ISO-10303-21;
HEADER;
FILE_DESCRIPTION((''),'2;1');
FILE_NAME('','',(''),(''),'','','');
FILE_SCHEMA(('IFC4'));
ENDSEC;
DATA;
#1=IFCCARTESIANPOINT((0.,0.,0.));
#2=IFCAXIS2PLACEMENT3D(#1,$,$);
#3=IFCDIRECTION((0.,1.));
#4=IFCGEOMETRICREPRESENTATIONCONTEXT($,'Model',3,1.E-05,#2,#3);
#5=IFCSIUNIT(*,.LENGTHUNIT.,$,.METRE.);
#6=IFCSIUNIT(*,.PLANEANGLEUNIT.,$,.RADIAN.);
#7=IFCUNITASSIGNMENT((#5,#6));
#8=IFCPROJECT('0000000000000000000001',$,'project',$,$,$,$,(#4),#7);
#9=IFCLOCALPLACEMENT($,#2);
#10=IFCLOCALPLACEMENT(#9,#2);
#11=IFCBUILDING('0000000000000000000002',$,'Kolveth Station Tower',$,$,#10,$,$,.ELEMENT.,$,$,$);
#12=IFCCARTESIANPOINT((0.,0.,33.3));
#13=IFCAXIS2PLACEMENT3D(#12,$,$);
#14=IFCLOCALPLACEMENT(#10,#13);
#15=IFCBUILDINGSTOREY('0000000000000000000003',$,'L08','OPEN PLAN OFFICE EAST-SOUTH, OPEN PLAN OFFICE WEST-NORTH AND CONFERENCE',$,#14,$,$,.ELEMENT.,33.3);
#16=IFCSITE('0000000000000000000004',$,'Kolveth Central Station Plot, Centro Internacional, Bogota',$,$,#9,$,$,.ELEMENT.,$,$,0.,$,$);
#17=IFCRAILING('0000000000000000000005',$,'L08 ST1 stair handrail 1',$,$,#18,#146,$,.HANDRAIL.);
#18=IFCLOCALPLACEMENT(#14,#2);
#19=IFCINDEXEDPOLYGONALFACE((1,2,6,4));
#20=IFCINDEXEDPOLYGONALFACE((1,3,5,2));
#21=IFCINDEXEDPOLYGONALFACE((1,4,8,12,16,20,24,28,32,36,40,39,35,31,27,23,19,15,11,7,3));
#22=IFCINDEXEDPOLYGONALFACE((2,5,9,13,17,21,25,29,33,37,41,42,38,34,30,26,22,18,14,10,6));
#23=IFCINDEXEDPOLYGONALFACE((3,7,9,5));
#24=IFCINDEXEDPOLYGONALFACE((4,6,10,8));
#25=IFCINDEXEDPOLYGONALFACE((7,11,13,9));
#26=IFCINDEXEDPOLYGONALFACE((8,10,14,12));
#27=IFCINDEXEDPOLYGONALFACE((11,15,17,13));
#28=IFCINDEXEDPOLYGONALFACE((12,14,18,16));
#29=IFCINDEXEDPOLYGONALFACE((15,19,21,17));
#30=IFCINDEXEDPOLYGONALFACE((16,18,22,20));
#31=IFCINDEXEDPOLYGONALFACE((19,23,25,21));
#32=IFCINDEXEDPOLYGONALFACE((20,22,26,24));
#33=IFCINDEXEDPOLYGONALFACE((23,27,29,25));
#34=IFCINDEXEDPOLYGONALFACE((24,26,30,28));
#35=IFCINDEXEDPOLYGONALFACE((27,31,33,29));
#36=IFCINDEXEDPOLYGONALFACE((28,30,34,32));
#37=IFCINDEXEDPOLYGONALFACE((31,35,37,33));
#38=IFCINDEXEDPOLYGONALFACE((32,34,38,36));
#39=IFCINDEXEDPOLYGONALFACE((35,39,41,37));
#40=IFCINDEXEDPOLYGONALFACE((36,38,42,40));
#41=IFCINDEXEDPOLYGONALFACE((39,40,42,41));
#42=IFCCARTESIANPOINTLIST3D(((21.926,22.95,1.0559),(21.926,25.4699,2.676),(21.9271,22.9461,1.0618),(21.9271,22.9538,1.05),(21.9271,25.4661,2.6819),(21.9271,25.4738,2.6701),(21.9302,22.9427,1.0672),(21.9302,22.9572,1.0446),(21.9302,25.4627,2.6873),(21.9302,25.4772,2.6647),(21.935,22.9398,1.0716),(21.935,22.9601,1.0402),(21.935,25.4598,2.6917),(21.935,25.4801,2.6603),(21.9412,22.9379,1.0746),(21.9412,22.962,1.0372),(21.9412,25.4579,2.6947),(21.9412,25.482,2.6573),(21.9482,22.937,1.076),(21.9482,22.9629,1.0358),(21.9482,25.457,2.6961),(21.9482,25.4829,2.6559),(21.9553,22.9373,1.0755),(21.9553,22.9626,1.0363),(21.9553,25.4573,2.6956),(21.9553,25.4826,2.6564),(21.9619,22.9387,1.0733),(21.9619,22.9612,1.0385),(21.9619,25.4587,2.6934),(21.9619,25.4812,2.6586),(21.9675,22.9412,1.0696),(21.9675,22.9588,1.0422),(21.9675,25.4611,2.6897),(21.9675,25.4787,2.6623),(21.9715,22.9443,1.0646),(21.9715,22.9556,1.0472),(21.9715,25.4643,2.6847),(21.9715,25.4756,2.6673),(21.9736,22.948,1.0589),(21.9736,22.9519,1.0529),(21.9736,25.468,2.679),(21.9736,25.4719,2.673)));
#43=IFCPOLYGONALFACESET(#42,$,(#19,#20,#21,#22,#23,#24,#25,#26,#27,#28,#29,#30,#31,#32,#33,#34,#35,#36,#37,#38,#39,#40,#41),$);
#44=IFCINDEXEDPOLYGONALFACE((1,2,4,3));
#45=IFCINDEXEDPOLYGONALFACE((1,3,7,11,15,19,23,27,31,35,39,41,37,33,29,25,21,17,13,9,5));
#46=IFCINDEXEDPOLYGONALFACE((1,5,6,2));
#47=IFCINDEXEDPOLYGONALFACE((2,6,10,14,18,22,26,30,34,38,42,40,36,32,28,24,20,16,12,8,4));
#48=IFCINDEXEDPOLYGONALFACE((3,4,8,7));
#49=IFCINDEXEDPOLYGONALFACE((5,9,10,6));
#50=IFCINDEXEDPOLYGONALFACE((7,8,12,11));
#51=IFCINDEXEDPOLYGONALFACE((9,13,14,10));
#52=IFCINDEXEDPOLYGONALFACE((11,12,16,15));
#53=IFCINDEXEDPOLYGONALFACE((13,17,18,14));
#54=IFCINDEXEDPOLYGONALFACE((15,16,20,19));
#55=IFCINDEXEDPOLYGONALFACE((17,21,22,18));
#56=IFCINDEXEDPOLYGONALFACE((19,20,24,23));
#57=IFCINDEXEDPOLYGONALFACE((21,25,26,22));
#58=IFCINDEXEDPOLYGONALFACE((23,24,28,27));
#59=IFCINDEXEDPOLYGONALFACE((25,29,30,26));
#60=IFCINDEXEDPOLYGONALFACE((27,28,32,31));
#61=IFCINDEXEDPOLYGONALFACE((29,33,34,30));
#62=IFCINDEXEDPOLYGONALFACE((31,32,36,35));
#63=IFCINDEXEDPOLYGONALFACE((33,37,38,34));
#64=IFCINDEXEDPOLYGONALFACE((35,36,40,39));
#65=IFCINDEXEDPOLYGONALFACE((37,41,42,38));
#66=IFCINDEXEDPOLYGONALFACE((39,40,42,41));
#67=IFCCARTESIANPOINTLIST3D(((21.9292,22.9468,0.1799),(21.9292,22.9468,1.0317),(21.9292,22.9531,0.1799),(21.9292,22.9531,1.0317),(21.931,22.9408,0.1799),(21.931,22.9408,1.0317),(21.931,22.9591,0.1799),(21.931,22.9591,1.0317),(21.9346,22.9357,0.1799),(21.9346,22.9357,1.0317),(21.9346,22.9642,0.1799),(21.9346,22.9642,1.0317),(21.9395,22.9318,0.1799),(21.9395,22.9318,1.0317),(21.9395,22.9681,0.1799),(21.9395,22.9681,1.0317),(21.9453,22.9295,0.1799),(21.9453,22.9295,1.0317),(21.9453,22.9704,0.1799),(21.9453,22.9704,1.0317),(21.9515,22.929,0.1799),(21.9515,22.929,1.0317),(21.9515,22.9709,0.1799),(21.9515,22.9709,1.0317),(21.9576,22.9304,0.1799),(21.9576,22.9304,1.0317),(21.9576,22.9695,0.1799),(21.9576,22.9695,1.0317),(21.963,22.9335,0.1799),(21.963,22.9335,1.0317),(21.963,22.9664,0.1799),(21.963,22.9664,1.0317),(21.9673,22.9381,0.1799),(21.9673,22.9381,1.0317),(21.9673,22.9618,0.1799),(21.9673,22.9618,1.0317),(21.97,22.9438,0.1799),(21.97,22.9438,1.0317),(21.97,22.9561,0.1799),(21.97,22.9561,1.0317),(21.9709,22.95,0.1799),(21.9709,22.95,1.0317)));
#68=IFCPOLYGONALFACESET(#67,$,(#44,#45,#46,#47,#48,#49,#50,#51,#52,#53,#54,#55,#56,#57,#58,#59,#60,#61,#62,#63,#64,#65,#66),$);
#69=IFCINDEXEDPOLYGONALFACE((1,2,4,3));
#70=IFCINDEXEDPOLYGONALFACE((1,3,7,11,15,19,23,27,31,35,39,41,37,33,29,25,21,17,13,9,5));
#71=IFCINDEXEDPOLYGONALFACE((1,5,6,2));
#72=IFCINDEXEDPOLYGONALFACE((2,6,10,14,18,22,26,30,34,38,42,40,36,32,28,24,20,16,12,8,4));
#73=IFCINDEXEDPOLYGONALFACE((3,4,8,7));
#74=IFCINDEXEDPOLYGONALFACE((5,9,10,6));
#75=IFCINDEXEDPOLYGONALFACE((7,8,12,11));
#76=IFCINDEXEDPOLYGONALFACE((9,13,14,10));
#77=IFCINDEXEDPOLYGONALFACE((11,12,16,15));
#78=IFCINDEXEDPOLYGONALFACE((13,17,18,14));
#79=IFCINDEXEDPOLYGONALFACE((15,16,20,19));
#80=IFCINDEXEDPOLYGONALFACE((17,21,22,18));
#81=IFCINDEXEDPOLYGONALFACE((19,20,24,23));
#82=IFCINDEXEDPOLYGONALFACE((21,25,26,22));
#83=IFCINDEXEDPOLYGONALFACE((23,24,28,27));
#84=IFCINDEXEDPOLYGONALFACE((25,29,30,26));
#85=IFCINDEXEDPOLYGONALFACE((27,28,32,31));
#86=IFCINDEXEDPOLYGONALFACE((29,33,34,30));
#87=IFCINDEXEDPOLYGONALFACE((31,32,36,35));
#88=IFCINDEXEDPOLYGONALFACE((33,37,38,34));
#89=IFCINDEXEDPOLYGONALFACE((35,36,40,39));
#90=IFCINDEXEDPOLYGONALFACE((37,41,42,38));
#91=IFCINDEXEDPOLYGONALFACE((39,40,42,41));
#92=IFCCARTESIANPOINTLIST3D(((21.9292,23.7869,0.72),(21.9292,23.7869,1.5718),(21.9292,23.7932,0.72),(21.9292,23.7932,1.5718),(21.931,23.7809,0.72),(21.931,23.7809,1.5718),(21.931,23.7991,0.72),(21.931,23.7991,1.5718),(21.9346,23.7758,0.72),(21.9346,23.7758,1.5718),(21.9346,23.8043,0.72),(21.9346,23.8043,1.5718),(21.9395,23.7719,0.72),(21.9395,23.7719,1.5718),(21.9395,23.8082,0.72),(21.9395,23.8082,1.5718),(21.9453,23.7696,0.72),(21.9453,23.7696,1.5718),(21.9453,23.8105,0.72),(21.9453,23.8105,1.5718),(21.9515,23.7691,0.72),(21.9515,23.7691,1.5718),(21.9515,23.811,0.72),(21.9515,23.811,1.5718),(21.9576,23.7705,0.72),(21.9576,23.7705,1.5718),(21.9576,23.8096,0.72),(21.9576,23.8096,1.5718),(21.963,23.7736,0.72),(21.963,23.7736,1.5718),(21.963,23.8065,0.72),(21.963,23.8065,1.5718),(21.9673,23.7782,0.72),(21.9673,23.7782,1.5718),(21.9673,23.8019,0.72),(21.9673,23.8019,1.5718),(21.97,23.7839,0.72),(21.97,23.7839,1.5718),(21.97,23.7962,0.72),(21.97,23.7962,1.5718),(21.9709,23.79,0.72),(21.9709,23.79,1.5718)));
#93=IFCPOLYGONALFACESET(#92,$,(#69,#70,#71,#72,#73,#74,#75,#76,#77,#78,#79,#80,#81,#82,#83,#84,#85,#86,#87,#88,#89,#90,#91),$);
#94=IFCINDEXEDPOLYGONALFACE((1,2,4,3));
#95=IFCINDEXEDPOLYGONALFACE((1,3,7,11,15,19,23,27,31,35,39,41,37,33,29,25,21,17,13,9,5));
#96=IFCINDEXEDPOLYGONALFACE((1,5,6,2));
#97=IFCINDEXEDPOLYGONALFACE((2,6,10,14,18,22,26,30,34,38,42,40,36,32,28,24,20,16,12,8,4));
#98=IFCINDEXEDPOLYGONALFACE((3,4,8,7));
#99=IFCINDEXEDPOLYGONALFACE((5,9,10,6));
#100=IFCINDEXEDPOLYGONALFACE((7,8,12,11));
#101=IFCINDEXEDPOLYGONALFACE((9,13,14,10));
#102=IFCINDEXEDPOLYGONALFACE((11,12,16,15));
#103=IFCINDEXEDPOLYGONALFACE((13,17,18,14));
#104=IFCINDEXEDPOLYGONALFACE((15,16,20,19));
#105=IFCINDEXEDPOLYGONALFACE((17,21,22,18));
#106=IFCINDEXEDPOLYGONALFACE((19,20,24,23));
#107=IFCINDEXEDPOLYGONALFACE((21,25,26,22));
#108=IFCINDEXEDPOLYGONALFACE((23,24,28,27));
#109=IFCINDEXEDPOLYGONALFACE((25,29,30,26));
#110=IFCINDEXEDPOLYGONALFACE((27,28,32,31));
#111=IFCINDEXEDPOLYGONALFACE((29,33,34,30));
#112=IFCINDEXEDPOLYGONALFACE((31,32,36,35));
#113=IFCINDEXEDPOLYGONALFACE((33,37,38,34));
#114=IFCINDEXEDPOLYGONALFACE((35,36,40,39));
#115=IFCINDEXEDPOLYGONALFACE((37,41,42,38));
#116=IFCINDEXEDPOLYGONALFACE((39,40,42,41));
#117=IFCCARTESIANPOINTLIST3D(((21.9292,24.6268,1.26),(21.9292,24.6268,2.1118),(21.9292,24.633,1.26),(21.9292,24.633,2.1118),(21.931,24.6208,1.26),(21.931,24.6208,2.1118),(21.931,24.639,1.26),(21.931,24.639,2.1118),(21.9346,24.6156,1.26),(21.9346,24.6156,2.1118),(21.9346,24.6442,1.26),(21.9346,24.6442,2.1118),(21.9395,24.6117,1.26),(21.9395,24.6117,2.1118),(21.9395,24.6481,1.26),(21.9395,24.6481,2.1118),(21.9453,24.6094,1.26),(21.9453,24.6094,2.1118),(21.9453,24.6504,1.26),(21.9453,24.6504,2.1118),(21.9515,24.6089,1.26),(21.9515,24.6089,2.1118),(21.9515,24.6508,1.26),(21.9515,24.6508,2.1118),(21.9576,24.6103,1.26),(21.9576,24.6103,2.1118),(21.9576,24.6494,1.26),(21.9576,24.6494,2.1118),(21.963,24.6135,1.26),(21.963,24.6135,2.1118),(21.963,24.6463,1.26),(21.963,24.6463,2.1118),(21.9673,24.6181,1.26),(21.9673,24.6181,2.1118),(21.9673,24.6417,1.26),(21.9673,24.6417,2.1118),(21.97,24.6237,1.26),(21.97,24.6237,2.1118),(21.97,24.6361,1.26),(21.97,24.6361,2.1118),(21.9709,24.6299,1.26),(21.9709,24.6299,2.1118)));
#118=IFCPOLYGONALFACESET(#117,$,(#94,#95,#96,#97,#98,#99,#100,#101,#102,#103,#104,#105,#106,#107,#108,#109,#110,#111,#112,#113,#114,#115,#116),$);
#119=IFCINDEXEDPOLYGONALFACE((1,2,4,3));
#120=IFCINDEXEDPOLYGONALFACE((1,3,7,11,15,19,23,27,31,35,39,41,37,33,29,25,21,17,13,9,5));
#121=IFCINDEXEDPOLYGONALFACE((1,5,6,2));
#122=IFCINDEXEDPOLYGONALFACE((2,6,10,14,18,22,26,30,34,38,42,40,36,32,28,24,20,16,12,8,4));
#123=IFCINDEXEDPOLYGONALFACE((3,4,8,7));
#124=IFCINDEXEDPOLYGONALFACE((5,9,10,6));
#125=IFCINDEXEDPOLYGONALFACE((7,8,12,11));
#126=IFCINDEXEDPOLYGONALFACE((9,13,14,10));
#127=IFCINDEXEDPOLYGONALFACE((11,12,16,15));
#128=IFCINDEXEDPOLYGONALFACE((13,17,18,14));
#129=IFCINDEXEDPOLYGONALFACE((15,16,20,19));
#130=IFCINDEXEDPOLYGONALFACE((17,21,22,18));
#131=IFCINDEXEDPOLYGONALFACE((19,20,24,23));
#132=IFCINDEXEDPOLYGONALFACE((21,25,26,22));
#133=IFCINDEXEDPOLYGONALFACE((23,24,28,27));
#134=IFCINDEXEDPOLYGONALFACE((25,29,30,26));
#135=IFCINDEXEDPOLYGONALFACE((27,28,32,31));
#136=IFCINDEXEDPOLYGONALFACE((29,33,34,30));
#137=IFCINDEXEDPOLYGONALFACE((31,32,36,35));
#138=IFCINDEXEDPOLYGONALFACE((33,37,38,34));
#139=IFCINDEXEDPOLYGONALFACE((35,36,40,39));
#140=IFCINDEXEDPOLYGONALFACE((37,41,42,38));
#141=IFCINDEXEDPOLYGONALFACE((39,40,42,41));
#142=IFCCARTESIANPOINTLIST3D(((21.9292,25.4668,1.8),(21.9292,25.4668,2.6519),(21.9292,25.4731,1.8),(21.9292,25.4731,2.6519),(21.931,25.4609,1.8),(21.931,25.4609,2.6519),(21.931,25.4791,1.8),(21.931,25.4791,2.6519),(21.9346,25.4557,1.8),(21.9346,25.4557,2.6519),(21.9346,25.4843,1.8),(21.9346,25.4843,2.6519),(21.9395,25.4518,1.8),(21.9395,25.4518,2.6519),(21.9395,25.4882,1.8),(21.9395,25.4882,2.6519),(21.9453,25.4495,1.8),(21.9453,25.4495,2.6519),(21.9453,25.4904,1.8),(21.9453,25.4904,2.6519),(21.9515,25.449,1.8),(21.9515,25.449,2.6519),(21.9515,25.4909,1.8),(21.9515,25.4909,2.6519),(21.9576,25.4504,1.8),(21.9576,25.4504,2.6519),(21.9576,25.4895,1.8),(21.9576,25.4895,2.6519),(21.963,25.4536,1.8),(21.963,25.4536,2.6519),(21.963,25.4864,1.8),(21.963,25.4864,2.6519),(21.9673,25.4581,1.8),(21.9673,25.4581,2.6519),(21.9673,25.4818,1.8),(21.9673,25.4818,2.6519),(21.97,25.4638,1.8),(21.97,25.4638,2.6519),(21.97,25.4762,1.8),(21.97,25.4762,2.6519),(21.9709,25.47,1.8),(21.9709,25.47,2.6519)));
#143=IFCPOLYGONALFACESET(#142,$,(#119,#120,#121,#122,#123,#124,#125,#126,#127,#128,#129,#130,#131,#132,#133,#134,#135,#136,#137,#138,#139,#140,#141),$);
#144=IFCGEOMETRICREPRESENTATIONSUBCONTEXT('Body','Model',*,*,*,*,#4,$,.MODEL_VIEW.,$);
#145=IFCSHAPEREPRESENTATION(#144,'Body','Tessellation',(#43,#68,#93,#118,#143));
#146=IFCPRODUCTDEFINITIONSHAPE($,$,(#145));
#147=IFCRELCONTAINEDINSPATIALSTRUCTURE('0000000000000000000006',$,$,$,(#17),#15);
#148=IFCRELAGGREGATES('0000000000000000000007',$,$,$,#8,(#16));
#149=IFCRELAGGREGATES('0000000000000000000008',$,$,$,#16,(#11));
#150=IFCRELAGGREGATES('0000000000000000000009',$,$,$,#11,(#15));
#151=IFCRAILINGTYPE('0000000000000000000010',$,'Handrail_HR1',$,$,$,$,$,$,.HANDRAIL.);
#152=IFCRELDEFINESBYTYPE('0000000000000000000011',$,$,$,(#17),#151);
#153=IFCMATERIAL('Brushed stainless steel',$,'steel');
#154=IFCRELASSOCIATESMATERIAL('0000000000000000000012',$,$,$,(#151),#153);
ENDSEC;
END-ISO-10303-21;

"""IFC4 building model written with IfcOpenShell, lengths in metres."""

from ifc_helpers import new_model, si_unit, direction, frame, origin, origin_2d, place, context, subcontext, project, spatial, circle, extrude, material, type_object, element, save


model = new_model("IFC4")

# Units and contexts
model_context = context("Model", 3, precision=1e-05, world=origin(), true_north=direction((0.0, 1.0)))
body_context = subcontext(model_context, "Body", "Model", "MODEL_VIEW")
ifc_project = project(units=[si_unit("LENGTHUNIT", "METRE"), si_unit("PLANEANGLEUNIT", "RADIAN")], contexts=[model_context])

# Site, building, storey
site_placement = place(None, origin())
site = spatial("IfcSite", under=ifc_project, at=site_placement, Name="Kolveth Central Station Plot, Centro Internacional, Bogota", CompositionType="ELEMENT", RefElevation=0.0)
building_placement = place(site_placement, origin())
building = spatial("IfcBuilding", under=site, at=building_placement, Name="Kolveth Station Tower", CompositionType="ELEMENT")
storey_placement = place(building_placement, frame((0.0, 0.0, 33.3)))
storey = spatial("IfcBuildingStorey", under=building, at=storey_placement, Name="L08", Description="OPEN PLAN OFFICE EAST-SOUTH, OPEN PLAN OFFICE WEST-NORTH AND CONFERENCE", CompositionType="ELEMENT", Elevation=33.3)

# Railing
ifc_material_1 = material(Name="Brushed stainless steel", Category="steel")
railing_type_1 = type_object("IfcRailingType", Name="Handrail_HR1", PredefinedType="HANDRAIL", material=ifc_material_1)
railing_1_placement = place(storey_placement, frame((21.95, 22.95, 0.1799)))
element("IfcRailing", 1, at=railing_1_placement, inside=storey, type_object=railing_type_1, Name="L08 ST1 stair handrail 1", PredefinedType="HANDRAIL", context=body_context, shape_type="SweptSolid", body=[
    extrude(circle(Radius=0.0239, at=origin_2d()), frame((0.0, 0.0, 0.876), z_axis=(0.0, 0.841163, 0.540782), x_axis=(-1.0, 0.0, 0.0)), (0.0, 0.0, 1.0), 2.9958),
    extrude(circle(Radius=0.021, at=origin_2d()), origin(), (0.0, 0.0, 1.0), 0.8518),
    extrude(circle(Radius=0.021, at=origin_2d()), frame((0.0, 0.8401, 0.54)), (0.0, 0.0, 1.0), 0.8518),
    extrude(circle(Radius=0.021, at=origin_2d()), frame((0.0, 1.6799, 1.0801)), (0.0, 0.0, 1.0), 0.8518),
    extrude(circle(Radius=0.021, at=origin_2d()), frame((0.0, 2.52, 1.6201)), (0.0, 0.0, 1.0), 0.8518),
])

save(model, "model.ifc")
